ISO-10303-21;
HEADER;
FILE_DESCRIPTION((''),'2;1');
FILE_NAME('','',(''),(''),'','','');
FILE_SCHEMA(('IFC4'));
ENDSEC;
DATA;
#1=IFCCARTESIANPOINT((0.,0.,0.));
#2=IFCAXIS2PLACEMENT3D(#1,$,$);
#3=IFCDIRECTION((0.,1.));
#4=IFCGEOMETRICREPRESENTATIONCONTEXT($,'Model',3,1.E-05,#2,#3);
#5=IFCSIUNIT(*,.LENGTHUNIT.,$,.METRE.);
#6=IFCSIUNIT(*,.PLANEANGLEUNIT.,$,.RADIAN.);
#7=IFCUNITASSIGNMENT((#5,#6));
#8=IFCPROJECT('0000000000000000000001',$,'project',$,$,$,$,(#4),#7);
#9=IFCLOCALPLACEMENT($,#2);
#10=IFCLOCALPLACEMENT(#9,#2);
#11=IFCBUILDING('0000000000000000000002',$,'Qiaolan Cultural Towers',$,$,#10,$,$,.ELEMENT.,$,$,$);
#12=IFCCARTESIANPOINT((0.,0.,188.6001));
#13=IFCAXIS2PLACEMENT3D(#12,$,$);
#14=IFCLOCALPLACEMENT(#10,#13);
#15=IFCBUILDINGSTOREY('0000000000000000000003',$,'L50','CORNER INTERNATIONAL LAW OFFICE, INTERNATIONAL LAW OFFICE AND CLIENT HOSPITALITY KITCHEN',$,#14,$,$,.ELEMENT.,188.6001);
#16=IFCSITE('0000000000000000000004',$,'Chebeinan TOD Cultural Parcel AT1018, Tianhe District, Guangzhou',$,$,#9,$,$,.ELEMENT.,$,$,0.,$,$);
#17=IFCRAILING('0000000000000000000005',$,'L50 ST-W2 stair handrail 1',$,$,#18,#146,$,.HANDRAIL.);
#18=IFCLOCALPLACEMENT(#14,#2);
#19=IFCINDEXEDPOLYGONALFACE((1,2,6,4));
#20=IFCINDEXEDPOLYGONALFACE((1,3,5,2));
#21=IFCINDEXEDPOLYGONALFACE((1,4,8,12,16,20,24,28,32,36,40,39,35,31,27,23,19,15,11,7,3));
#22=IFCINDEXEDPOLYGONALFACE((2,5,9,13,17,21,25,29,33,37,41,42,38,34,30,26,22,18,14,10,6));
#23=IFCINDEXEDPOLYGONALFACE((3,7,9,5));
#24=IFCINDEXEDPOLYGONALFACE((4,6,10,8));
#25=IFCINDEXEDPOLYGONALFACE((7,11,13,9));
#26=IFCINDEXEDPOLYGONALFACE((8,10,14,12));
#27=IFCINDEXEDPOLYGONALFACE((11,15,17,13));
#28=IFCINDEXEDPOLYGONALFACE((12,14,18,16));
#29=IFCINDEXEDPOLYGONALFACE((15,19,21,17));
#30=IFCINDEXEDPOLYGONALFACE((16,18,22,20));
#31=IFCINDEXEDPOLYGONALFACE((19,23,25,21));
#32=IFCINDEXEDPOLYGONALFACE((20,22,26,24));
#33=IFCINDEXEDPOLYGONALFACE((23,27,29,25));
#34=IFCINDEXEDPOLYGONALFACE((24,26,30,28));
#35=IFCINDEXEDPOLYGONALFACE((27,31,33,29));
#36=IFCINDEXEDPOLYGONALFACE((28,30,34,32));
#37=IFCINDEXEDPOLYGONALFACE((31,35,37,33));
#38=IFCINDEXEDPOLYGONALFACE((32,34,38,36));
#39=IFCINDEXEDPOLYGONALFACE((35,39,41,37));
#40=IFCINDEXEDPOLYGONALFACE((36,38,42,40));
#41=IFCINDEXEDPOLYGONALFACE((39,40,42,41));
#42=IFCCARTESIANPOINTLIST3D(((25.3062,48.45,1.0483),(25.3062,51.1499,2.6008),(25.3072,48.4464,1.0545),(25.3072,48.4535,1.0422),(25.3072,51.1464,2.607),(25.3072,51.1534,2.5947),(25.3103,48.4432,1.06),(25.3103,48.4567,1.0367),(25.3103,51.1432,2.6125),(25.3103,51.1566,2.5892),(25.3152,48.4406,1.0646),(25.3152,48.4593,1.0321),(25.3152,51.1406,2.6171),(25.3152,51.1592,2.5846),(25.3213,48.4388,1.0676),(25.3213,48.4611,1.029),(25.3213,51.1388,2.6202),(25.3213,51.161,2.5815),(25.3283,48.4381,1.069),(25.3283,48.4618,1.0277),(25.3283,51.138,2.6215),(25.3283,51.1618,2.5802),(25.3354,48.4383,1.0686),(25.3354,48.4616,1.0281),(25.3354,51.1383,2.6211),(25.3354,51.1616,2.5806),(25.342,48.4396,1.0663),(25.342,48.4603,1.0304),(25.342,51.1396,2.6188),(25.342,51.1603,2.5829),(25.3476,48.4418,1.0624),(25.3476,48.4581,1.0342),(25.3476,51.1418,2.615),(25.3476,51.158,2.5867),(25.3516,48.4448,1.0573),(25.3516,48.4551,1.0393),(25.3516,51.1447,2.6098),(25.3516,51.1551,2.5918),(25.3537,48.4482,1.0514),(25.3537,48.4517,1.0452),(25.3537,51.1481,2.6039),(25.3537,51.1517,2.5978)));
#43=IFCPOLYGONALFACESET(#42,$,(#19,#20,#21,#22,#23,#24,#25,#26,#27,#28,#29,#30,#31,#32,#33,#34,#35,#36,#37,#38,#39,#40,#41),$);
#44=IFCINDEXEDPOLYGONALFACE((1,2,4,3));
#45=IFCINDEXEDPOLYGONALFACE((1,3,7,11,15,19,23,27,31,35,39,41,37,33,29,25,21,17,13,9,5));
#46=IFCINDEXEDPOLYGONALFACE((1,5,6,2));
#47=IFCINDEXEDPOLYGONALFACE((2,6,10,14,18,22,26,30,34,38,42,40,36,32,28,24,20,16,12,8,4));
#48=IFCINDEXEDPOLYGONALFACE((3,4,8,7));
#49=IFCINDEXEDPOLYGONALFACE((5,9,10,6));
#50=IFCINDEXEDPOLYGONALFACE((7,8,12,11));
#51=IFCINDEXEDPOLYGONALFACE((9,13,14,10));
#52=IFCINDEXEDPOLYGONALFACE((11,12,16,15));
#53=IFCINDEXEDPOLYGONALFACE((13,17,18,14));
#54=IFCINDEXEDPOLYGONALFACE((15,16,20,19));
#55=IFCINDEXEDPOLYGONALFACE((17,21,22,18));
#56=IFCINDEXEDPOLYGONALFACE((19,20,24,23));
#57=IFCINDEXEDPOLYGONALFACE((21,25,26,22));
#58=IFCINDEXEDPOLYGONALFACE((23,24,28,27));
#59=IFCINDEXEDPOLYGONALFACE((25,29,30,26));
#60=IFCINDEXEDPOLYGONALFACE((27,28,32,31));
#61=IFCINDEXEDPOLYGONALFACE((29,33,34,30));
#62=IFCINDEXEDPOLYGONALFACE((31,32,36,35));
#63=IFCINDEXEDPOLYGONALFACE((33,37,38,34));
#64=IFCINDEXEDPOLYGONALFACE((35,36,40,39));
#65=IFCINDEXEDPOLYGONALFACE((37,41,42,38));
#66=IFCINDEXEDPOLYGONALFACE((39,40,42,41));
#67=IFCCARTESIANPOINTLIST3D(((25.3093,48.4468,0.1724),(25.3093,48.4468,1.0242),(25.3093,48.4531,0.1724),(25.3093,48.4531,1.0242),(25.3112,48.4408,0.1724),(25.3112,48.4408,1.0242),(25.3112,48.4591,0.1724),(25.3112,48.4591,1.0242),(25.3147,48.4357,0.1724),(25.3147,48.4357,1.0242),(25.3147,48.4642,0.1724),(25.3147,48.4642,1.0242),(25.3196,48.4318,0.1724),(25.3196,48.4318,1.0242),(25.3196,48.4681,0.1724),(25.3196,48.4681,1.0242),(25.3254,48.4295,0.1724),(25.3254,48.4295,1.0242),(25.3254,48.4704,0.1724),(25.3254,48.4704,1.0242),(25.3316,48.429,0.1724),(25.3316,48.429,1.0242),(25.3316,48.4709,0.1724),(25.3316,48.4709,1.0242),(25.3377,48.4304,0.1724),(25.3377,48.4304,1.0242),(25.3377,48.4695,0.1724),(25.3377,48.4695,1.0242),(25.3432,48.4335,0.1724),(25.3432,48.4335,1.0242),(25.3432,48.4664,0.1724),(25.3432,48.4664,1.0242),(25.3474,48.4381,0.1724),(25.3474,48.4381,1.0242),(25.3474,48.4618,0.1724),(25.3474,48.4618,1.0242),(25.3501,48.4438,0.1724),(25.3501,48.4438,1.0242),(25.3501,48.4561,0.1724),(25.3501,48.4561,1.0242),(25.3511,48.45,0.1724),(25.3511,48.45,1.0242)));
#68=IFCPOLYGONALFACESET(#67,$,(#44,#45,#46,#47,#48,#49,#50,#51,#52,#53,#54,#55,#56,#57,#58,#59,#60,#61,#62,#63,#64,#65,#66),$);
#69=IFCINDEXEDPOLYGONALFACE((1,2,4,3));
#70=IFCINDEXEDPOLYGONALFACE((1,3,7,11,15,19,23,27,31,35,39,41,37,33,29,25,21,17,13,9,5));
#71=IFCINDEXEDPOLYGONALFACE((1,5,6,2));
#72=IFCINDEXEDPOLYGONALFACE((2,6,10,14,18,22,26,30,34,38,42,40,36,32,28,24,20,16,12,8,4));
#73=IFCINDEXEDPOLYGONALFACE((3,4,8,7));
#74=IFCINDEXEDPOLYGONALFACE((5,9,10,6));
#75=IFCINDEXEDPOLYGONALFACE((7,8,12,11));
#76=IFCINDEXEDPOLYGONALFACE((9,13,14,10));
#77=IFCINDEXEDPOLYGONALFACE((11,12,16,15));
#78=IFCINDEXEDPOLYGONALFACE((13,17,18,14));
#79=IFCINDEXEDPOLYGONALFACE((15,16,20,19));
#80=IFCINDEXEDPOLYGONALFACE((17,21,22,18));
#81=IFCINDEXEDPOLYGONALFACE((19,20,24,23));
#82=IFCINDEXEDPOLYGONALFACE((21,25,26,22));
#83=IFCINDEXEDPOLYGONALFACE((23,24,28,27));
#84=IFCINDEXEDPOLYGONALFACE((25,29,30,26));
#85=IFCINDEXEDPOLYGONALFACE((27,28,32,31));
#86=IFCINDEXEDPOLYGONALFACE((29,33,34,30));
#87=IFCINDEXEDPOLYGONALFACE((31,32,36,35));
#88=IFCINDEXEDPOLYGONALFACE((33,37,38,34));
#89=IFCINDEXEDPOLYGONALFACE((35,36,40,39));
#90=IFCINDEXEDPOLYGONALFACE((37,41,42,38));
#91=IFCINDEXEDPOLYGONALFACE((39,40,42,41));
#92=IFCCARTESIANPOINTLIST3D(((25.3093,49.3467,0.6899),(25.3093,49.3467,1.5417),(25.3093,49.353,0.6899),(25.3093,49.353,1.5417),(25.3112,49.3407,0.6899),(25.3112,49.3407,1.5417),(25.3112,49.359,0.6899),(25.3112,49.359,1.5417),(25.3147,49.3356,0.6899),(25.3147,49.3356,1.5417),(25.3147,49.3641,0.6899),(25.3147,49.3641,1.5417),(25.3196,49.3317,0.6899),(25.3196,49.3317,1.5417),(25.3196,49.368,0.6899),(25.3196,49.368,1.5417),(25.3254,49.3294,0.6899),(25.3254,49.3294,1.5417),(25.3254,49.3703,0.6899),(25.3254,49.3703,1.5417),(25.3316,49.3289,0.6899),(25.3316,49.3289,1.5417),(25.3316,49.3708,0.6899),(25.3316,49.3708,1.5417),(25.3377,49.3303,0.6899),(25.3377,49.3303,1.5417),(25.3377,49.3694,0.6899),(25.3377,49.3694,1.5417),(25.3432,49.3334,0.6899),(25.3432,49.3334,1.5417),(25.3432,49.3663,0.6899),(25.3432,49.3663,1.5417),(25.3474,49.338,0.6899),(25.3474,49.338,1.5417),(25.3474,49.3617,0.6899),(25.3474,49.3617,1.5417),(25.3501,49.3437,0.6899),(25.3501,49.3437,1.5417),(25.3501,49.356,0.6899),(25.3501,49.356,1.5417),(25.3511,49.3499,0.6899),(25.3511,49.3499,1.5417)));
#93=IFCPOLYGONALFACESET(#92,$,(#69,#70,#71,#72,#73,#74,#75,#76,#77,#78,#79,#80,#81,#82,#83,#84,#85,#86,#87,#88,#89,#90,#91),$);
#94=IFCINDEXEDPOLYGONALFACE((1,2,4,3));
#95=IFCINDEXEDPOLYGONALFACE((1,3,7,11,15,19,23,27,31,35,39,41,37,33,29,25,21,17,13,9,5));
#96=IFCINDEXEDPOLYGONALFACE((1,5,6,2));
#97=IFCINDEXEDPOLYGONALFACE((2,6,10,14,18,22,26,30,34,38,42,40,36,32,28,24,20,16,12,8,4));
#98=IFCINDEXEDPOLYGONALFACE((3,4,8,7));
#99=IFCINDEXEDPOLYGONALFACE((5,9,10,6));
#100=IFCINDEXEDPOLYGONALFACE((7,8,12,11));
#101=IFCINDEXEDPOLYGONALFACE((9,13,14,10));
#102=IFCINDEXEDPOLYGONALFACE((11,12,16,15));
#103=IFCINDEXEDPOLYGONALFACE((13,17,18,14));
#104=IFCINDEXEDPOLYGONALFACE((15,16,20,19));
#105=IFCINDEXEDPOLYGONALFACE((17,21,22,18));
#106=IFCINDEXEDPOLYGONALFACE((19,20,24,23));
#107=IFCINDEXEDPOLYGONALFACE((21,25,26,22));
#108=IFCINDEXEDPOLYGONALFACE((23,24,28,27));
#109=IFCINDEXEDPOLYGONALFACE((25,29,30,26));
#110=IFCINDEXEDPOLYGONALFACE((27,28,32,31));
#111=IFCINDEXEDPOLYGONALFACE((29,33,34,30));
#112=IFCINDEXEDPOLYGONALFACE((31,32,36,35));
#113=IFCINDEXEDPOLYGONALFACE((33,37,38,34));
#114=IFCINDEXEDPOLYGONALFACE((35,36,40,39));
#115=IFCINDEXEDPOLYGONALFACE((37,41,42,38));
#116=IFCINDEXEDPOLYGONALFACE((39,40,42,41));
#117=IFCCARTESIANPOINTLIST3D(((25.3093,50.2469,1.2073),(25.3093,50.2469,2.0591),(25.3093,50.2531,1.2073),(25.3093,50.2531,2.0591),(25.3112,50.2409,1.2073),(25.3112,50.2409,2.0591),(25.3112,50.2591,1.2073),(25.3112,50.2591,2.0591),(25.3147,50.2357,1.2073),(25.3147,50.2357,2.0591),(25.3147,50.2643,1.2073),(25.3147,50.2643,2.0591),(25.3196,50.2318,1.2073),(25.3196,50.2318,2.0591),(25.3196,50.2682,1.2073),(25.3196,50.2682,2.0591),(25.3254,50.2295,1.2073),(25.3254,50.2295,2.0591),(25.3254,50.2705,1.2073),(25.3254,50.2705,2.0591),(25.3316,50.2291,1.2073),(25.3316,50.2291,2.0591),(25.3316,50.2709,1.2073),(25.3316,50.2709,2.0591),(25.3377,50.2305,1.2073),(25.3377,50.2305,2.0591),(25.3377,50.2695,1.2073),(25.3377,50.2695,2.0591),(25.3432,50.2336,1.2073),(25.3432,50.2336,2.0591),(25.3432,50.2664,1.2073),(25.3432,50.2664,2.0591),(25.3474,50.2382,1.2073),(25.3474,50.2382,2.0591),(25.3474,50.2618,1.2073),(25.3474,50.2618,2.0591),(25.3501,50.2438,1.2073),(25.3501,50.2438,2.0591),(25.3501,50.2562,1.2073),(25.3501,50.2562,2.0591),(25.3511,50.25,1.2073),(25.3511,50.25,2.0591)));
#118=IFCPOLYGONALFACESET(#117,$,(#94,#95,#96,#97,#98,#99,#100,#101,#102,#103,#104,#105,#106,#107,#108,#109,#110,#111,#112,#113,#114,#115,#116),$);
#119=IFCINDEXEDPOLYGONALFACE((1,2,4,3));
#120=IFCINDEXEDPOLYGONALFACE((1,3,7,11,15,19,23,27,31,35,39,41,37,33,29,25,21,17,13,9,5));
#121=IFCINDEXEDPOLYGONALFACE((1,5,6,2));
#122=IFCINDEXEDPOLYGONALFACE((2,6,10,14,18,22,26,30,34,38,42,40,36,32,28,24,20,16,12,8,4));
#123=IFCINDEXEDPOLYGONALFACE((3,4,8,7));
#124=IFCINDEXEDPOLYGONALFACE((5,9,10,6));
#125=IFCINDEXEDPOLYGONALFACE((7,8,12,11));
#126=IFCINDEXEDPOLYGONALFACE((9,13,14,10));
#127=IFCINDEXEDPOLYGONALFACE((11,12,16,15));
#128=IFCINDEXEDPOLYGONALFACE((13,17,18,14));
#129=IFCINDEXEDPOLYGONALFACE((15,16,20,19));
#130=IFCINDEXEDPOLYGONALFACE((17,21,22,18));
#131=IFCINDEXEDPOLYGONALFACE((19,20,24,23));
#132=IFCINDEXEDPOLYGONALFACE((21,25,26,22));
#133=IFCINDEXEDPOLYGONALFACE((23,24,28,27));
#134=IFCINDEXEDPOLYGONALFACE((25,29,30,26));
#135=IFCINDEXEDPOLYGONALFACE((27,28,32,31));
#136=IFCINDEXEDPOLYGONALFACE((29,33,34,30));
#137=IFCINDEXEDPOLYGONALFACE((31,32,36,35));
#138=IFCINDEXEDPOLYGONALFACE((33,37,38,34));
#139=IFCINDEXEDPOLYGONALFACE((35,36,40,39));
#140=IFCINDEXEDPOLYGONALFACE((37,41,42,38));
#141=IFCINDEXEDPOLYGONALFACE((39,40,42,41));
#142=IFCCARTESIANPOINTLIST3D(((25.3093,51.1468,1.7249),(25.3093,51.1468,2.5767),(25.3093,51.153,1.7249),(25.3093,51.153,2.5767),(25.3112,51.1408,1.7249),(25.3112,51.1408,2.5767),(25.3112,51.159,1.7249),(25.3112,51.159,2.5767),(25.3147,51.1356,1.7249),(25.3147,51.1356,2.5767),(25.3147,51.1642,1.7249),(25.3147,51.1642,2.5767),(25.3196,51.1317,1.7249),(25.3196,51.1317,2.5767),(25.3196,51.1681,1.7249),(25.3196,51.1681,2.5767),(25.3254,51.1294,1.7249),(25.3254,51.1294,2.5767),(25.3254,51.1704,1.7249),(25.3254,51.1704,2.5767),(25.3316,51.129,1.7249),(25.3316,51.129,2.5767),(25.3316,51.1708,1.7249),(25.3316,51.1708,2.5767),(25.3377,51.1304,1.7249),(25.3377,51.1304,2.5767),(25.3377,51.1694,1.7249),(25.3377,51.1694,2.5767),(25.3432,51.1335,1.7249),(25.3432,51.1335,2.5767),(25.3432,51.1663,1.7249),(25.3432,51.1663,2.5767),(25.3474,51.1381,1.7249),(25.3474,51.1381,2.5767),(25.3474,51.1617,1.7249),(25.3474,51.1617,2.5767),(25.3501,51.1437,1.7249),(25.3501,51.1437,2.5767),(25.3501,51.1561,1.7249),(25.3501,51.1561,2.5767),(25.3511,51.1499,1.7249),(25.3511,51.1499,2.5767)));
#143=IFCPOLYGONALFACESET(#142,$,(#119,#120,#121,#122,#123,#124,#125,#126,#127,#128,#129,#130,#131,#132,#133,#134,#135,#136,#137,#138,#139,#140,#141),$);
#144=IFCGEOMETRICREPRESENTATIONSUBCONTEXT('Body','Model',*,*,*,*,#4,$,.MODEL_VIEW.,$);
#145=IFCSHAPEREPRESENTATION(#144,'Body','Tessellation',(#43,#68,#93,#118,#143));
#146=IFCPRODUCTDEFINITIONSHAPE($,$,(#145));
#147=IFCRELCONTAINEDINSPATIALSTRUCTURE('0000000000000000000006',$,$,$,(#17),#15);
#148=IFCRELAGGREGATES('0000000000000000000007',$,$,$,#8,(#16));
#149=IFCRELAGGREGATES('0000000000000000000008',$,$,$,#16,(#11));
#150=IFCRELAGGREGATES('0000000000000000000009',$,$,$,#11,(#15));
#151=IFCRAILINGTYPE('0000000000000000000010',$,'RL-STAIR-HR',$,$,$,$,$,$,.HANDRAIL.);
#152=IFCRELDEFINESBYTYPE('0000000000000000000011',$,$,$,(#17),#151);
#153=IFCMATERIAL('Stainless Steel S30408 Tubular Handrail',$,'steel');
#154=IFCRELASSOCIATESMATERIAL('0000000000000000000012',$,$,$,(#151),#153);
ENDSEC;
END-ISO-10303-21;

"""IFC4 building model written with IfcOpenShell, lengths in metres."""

from ifc_helpers import new_model, si_unit, direction, frame, origin, origin_2d, place, context, subcontext, project, spatial, circle, extrude, material, type_object, element, save


model = new_model("IFC4")

# Units and contexts
model_context = context("Model", 3, precision=1e-05, world=origin(), true_north=direction((0.0, 1.0)))
body_context = subcontext(model_context, "Body", "Model", "MODEL_VIEW")
ifc_project = project(units=[si_unit("LENGTHUNIT", "METRE"), si_unit("PLANEANGLEUNIT", "RADIAN")], contexts=[model_context])

# Site, building, storey
site_placement = place(None, origin())
site = spatial("IfcSite", under=ifc_project, at=site_placement, Name="Chebeinan TOD Cultural Parcel AT1018, Tianhe District, Guangzhou", CompositionType="ELEMENT", RefElevation=0.0)
building_placement = place(site_placement, origin())
building = spatial("IfcBuilding", under=site, at=building_placement, Name="Qiaolan Cultural Towers", CompositionType="ELEMENT")
storey_placement = place(building_placement, frame((0.0, 0.0, 188.6001)))
storey = spatial("IfcBuildingStorey", under=building, at=storey_placement, Name="L50", Description="CORNER INTERNATIONAL LAW OFFICE, INTERNATIONAL LAW OFFICE AND CLIENT HOSPITALITY KITCHEN", CompositionType="ELEMENT", Elevation=188.6001)

# Railing
ifc_material_1 = material(Name="Stainless Steel S30408 Tubular Handrail", Category="steel")
railing_type = type_object("IfcRailingType", Name="RL-STAIR-HR", PredefinedType="HANDRAIL", material=ifc_material_1)
railing_placement = place(storey_placement, frame((25.3301, 48.45, 0.1724)))
element("IfcRailing", 1, at=railing_placement, inside=storey, type_object=railing_type, Name="L50 ST-W2 stair handrail 1", PredefinedType="HANDRAIL", context=body_context, shape_type="SweptSolid", body=[
    extrude(circle(Radius=0.0239, at=origin_2d()), frame((0.0, 0.0, 0.876), z_axis=(0.0, 0.866904, 0.498476), x_axis=(-1.0, 0.0, 0.0)), (0.0, 0.0, 1.0), 3.1145),
    extrude(circle(Radius=0.021, at=origin_2d()), origin(), (0.0, 0.0, 1.0), 0.8518),
    extrude(circle(Radius=0.021, at=origin_2d()), frame((0.0, 0.8999, 0.5176)), (0.0, 0.0, 1.0), 0.8518),
    extrude(circle(Radius=0.021, at=origin_2d()), frame((0.0, 1.8, 1.0349)), (0.0, 0.0, 1.0), 0.8518),
    extrude(circle(Radius=0.021, at=origin_2d()), frame((0.0, 2.7, 1.5525)), (0.0, 0.0, 1.0), 0.8518),
])

save(model, "model.ifc")
